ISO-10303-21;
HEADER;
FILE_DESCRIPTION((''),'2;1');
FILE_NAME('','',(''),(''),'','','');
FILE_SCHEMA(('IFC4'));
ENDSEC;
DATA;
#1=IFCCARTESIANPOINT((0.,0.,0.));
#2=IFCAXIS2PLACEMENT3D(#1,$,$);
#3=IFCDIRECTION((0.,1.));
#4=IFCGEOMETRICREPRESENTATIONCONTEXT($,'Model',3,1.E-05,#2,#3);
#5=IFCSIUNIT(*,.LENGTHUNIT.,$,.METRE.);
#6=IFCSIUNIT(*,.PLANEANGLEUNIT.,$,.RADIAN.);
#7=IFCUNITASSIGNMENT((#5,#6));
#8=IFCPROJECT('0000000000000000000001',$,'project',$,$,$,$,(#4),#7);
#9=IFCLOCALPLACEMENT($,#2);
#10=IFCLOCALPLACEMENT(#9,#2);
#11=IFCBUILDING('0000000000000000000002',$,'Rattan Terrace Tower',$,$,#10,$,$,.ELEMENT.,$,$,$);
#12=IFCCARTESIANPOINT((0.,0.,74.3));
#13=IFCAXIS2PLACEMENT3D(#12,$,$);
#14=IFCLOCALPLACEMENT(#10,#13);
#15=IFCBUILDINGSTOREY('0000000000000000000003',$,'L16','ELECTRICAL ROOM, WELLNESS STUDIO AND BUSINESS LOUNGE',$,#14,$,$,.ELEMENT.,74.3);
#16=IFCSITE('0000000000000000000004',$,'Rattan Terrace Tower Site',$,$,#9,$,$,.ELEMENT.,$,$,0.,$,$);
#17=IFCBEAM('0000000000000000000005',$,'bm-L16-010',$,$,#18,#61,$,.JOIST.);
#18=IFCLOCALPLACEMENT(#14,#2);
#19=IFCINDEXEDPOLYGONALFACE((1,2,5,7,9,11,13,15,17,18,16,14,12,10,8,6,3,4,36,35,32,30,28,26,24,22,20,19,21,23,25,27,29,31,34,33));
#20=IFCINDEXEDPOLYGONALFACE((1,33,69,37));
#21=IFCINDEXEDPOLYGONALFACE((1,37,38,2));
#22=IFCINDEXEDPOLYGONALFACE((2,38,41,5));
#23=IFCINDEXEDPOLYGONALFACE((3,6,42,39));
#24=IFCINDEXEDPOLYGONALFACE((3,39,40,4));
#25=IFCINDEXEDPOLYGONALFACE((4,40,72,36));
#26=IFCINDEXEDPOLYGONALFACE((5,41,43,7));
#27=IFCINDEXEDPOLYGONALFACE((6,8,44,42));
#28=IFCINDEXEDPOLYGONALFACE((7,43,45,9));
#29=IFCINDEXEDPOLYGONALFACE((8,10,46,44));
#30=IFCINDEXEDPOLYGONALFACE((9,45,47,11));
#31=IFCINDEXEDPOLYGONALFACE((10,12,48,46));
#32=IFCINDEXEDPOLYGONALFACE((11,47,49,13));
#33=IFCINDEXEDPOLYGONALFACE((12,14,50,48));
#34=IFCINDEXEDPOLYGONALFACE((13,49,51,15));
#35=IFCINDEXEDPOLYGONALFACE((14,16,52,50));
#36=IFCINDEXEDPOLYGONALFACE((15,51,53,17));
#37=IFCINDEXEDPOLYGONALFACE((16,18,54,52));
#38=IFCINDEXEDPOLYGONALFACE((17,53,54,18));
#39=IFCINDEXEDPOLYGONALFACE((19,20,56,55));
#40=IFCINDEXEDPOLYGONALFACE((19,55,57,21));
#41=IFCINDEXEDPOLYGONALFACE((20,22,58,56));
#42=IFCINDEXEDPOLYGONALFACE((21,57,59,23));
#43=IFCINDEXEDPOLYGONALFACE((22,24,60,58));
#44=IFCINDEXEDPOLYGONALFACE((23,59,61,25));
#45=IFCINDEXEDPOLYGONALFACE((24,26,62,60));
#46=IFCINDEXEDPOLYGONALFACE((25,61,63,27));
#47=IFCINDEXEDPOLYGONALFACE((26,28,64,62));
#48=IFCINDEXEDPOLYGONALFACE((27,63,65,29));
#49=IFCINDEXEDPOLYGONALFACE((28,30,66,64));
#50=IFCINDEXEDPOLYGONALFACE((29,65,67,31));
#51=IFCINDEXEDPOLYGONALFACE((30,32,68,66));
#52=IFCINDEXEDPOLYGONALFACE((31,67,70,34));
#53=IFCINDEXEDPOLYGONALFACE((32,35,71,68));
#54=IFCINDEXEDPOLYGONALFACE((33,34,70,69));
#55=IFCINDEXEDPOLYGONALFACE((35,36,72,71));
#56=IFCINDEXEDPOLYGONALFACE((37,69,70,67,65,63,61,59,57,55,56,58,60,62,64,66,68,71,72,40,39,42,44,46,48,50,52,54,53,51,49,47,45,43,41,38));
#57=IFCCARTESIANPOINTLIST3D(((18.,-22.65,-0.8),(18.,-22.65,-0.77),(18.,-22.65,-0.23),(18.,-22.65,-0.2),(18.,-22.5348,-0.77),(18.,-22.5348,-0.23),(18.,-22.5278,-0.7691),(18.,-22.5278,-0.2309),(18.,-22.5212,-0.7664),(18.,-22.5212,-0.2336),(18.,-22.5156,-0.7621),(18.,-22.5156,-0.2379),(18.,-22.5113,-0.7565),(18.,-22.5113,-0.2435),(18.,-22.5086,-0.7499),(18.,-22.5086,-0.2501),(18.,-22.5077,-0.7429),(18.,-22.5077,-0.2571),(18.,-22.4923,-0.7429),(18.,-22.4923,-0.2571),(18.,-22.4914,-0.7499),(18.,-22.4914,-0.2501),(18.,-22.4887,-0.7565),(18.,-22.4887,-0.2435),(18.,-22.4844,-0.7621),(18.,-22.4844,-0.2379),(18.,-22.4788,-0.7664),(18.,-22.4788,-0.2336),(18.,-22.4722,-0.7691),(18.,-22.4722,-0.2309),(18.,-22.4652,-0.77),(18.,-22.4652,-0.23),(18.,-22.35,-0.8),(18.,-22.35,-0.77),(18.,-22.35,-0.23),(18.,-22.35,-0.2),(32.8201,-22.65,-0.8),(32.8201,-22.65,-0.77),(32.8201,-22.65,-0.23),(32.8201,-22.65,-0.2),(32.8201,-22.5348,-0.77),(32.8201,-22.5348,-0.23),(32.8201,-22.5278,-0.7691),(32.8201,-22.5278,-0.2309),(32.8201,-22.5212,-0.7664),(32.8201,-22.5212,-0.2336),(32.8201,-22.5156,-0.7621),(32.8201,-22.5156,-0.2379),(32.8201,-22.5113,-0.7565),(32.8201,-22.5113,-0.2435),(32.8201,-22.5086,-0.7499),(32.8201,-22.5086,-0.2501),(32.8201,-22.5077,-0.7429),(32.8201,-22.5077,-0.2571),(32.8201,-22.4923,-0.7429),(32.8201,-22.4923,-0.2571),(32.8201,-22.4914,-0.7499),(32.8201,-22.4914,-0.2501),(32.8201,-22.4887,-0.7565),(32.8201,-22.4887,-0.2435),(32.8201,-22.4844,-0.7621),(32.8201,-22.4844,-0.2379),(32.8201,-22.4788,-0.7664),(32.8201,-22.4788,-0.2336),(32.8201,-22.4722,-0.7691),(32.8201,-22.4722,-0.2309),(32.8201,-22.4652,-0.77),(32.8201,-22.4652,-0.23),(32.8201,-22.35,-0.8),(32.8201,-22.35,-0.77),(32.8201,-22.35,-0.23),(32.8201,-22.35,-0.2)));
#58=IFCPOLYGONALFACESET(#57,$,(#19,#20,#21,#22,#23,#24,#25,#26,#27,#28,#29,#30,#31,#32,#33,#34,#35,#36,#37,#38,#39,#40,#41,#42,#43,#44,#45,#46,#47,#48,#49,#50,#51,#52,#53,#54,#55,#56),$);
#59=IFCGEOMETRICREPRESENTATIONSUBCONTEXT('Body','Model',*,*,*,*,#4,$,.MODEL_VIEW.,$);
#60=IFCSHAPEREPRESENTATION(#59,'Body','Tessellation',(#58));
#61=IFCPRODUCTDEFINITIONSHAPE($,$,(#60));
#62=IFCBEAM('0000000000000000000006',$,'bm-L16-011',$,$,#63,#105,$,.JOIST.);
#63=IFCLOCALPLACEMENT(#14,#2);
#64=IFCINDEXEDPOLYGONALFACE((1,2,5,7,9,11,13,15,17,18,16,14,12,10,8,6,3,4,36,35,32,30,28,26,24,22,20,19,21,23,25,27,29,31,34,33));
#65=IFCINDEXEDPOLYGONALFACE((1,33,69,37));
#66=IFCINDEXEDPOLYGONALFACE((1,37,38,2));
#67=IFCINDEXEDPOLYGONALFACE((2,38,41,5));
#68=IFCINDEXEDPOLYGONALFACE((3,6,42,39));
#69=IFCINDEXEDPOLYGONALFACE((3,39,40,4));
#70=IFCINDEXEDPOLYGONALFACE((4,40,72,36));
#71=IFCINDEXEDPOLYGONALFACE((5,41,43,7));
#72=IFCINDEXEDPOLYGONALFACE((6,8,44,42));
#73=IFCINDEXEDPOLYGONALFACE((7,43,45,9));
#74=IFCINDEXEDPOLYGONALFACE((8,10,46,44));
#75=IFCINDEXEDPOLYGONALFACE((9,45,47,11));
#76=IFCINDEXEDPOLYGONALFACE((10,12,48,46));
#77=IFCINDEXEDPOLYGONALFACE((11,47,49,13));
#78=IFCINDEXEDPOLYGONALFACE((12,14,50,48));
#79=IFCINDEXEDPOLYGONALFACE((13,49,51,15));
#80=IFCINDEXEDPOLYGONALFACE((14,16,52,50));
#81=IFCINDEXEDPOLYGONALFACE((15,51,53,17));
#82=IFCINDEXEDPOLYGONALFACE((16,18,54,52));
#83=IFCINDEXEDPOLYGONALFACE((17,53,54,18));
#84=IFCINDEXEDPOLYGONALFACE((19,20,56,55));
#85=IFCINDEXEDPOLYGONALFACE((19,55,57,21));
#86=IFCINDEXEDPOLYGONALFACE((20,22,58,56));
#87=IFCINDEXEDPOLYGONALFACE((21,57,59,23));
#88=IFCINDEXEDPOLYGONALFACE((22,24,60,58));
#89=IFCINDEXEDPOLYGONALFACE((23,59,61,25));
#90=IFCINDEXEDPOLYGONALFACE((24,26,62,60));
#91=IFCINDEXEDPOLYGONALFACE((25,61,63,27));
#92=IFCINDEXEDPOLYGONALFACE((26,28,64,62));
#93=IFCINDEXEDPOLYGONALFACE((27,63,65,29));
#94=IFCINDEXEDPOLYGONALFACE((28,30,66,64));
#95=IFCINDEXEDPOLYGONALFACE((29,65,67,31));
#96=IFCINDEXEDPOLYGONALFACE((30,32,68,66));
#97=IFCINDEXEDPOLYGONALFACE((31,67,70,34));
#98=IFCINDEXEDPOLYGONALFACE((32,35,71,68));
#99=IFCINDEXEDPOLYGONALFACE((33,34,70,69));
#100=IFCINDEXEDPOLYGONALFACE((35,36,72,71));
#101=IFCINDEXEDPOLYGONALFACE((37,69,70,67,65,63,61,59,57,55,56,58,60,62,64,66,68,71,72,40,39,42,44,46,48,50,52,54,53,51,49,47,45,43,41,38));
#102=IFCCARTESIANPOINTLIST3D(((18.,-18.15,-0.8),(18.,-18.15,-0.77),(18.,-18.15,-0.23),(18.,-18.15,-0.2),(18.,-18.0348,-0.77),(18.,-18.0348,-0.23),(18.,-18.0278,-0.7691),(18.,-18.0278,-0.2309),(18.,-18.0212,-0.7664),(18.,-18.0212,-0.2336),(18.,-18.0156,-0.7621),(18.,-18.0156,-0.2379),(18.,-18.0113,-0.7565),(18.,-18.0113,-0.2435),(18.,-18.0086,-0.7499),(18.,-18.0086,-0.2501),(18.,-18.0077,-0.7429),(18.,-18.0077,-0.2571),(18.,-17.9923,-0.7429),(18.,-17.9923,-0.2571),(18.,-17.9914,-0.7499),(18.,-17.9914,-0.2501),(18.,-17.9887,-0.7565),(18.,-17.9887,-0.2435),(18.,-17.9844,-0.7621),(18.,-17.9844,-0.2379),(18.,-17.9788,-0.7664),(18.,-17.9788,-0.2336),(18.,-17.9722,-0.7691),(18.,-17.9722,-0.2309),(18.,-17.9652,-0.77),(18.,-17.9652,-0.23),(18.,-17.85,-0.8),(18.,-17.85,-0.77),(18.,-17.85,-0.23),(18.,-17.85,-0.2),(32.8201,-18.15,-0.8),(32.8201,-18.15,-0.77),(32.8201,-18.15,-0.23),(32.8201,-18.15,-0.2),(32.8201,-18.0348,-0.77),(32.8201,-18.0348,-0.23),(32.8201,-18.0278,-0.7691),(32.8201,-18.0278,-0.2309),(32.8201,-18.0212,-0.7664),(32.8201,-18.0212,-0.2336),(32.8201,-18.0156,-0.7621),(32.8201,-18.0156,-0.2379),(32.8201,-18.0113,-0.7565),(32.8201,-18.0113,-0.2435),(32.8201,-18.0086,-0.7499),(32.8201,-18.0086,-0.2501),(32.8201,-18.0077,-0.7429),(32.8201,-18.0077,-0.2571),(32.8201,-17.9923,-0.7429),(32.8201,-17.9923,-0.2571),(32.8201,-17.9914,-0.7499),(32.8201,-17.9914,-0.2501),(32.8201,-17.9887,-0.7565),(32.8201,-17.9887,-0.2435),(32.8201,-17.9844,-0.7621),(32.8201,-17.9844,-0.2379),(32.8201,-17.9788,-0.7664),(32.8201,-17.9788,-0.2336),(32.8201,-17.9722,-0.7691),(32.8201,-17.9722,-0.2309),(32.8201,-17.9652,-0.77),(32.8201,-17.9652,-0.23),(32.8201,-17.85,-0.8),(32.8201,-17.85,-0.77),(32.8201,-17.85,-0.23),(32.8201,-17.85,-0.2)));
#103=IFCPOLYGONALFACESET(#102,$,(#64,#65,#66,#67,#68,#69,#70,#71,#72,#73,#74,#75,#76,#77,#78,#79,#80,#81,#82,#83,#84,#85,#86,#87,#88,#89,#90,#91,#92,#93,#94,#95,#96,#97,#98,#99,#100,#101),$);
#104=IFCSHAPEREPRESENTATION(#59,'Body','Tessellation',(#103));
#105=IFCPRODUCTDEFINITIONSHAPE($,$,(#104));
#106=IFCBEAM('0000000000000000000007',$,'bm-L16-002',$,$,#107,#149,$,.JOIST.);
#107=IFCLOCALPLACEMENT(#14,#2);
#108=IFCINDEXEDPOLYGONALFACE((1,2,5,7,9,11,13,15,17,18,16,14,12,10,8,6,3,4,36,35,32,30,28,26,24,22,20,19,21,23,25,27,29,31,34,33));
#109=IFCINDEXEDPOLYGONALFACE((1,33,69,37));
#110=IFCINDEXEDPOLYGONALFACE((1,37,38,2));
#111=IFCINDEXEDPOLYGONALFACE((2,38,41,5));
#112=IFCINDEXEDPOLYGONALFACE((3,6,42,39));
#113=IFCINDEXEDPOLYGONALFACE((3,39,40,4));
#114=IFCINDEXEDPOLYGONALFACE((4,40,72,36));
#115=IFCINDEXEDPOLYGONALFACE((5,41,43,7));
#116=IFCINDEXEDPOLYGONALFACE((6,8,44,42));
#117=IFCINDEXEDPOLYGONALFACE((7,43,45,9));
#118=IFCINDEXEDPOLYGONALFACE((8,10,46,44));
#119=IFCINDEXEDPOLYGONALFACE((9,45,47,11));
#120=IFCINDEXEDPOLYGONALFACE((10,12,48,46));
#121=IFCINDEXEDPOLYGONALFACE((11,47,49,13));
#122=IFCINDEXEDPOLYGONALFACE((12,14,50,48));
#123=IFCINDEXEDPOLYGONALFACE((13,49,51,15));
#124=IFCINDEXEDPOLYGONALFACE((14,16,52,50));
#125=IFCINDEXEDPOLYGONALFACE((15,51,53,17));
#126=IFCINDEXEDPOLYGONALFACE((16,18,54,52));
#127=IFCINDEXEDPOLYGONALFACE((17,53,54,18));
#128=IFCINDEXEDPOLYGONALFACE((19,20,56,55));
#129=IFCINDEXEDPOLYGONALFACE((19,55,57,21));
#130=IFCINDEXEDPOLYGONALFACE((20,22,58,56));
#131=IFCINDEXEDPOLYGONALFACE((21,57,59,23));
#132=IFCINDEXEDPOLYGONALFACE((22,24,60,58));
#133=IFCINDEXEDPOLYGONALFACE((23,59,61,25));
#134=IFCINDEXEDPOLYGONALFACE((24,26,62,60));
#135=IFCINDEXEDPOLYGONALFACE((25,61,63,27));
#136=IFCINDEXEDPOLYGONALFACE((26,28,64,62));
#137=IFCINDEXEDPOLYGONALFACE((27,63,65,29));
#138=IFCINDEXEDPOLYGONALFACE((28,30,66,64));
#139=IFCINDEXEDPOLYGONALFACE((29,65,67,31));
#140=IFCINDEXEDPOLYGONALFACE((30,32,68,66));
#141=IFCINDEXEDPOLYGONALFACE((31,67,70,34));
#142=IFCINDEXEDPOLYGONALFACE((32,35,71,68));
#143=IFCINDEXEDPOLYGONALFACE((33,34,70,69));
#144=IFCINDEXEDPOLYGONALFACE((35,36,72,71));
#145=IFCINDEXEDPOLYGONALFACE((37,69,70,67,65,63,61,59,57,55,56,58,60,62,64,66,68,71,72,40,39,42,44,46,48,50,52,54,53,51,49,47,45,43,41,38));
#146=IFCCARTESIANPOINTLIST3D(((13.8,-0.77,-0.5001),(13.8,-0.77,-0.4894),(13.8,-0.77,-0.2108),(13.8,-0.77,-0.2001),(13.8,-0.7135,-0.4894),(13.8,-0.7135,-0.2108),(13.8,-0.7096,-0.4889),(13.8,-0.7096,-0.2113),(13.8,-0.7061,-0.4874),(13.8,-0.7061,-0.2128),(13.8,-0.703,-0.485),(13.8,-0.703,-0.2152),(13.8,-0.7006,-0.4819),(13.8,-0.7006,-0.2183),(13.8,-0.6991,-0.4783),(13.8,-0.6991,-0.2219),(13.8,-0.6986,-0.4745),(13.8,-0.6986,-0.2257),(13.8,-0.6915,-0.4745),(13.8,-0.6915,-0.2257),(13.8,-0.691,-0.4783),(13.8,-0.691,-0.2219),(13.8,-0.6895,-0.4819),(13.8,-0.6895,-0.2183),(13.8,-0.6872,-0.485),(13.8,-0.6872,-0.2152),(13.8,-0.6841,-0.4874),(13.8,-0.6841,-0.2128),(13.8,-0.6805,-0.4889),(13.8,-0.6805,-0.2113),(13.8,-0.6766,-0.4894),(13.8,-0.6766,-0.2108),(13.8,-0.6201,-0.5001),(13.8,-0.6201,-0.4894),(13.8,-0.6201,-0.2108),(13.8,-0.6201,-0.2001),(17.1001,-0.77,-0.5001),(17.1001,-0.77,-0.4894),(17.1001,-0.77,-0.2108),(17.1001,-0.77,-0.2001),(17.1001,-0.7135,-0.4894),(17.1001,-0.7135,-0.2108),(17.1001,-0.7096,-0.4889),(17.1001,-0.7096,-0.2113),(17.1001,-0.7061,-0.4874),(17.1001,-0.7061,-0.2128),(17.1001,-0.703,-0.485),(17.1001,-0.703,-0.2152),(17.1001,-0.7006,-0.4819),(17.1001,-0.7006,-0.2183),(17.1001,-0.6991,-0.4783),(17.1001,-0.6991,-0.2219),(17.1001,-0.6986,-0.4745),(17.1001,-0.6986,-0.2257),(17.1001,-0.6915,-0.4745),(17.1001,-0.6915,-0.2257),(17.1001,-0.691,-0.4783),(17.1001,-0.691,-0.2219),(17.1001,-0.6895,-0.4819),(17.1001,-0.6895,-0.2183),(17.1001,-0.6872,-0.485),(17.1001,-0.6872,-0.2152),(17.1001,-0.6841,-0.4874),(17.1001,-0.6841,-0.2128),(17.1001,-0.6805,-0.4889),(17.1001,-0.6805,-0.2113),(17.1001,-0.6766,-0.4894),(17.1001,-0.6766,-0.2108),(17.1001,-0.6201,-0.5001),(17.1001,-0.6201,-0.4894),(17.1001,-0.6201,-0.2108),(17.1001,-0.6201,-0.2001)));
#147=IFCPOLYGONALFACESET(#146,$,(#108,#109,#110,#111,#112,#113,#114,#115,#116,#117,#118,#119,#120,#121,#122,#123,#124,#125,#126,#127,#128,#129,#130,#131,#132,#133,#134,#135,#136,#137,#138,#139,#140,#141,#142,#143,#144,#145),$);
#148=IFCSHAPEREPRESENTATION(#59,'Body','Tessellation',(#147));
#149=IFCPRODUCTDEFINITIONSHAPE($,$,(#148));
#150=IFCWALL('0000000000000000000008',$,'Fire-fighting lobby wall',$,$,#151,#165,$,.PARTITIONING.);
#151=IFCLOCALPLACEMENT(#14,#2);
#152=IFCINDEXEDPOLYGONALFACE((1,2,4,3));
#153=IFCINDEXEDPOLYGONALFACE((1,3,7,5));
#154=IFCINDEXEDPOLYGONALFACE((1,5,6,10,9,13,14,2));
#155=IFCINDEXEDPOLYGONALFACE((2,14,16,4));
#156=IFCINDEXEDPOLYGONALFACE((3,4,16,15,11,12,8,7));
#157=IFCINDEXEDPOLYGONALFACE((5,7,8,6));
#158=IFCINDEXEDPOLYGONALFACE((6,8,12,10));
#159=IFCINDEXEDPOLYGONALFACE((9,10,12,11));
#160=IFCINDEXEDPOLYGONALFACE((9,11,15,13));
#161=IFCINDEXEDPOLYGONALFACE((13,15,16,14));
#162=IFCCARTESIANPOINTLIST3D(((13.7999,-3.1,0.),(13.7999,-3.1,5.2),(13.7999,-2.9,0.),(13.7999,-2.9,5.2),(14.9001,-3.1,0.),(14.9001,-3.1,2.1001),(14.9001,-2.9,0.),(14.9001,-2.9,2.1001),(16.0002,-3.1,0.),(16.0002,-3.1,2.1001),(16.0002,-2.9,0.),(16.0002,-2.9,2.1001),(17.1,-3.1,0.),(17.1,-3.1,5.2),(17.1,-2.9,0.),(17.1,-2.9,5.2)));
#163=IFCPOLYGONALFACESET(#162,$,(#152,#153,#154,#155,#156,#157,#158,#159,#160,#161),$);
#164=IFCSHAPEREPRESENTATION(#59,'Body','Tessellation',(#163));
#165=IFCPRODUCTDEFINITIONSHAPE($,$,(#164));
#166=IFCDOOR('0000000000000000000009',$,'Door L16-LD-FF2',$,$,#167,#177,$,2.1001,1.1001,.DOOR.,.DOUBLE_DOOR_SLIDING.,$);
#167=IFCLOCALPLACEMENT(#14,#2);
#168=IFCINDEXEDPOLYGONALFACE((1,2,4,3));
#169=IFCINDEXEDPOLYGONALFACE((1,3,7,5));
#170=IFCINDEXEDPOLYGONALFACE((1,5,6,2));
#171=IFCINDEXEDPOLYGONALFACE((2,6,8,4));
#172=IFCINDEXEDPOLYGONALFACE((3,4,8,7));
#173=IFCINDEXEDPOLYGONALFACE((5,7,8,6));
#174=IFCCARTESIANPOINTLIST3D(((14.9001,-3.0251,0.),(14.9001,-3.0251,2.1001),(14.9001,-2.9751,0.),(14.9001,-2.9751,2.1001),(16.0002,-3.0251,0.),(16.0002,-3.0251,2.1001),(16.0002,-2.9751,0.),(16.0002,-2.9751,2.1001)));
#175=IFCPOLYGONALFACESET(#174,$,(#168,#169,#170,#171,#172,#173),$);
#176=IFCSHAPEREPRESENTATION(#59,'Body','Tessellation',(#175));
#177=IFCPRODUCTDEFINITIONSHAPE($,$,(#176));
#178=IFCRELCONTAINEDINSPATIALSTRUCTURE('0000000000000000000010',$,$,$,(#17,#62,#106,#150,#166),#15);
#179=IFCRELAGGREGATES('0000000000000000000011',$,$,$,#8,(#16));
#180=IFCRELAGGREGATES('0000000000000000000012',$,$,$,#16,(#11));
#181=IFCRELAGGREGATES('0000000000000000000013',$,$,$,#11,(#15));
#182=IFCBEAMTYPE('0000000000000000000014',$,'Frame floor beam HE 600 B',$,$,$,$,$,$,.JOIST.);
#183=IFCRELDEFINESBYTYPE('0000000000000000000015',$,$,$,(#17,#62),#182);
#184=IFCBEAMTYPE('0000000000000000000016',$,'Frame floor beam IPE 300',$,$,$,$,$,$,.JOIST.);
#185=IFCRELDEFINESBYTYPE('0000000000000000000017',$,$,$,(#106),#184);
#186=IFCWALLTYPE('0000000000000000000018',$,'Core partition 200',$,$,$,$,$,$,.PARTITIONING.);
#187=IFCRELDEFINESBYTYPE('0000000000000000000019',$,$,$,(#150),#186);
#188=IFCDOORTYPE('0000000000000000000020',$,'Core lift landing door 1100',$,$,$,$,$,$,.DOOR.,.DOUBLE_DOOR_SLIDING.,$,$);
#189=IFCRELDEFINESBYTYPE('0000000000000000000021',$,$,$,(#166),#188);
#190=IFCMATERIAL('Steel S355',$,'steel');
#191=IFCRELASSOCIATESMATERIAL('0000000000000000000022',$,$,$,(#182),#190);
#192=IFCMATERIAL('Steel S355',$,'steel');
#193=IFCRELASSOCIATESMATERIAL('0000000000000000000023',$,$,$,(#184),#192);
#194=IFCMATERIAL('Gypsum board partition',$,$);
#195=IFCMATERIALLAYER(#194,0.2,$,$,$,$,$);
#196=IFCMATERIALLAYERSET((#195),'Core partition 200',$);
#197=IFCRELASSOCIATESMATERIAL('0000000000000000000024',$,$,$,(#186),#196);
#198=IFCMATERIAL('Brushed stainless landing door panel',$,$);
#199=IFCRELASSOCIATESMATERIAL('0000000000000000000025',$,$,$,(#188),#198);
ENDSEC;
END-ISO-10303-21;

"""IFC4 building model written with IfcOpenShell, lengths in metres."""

from ifc_helpers import new_model, si_unit, direction, frame, frame_2d, origin, origin_2d, place, context, subcontext, project, spatial, rectangle, i_section, extrude, material, layer, layer_set, material_profile, profile_set, type_object, element, fill, save


model = new_model("IFC4")

# Units and contexts
model_context = context("Model", 3, precision=1e-05, world=origin(), true_north=direction((0.0, 1.0)))
body_context = subcontext(model_context, "Body", "Model", "MODEL_VIEW")
ifc_project = project(units=[si_unit("LENGTHUNIT", "METRE"), si_unit("PLANEANGLEUNIT", "RADIAN")], contexts=[model_context])

# Site, building, storey
site_placement = place(None, origin())
site = spatial("IfcSite", under=ifc_project, at=site_placement, Name="Rattan Terrace Tower Site", CompositionType="ELEMENT", RefElevation=0.0)
building_placement = place(site_placement, origin())
building = spatial("IfcBuilding", under=site, at=building_placement, Name="Rattan Terrace Tower", CompositionType="ELEMENT")
storey_placement = place(building_placement, frame((0.0, 0.0, 74.3)))
storey = spatial("IfcBuildingStorey", under=building, at=storey_placement, Name="L16", Description="ELECTRICAL ROOM, WELLNESS STUDIO AND BUSINESS LOUNGE", CompositionType="ELEMENT", Elevation=74.3)

# Beams
ifc_material_1 = material(Name="Steel S355", Category="steel")
ifc_material_profile_1 = material_profile(ifc_material_1, i_section(OverallWidth=0.3, OverallDepth=0.6001, WebThickness=0.0154, FlangeThickness=0.03, FilletRadius=0.0271, at=origin_2d()), Name="HE 600 B")
ifc_profile_set_1 = profile_set([ifc_material_profile_1], Name="Steel S355")
beam_type_1 = type_object("IfcBeamType", Name="Frame floor beam HE 600 B", PredefinedType="JOIST", material=ifc_profile_set_1)
for number, where, z_axis, x_axis, name in (
    (1, (18.0, -22.5, -0.5), (1.0, 0.0, 0.0), (0.0, 1.0, 0.0), "bm-L16-010"),
    (2, (18.0, -18.0, -0.5), (1.0, 0.0, 0.0), (0.0, 1.0, 0.0), "bm-L16-011"),
):
    element("IfcBeam", number, at=place(storey_placement, frame(where, z_axis=z_axis, x_axis=x_axis)), inside=storey, type_object=beam_type_1, Name=name, PredefinedType="JOIST", context=body_context, shape_type="SweptSolid", body=[
        extrude(i_section(OverallWidth=0.3, OverallDepth=0.6001, WebThickness=0.0154, FlangeThickness=0.03, FilletRadius=0.0271, at=origin_2d()), origin(), (0.0, 0.0, 1.0), 14.8201),
    ])
ifc_material_2 = material(Name="Steel S355", Category="steel")
ifc_material_profile_2 = material_profile(ifc_material_2, i_section(OverallWidth=0.1499, OverallDepth=0.3, WebThickness=0.0071, FlangeThickness=0.0107, FilletRadius=0.0149, at=origin_2d()), Name="IPE 300")
ifc_profile_set_2 = profile_set([ifc_material_profile_2], Name="Steel S355")
beam_type_2 = type_object("IfcBeamType", Name="Frame floor beam IPE 300", PredefinedType="JOIST", material=ifc_profile_set_2)
beam_placement = place(storey_placement, frame((13.8, -0.6951, -0.3501), z_axis=(1.0, 0.0, 0.0), x_axis=(0.0, 1.0, 0.0)))
element("IfcBeam", 3, at=beam_placement, inside=storey, type_object=beam_type_2, Name="bm-L16-002", PredefinedType="JOIST", context=body_context, shape_type="SweptSolid", body=[
    extrude(i_section(OverallWidth=0.1499, OverallDepth=0.3, WebThickness=0.0071, FlangeThickness=0.0107, FilletRadius=0.0149, at=origin_2d()), origin(), (0.0, 0.0, 1.0), 3.3),
])

# Wall, opening, door
ifc_material_3 = material(Name="Gypsum board partition")
ifc_layer_1 = layer(ifc_material_3, 0.2)
ifc_layer_set_1 = layer_set([ifc_layer_1], Name="Core partition 200")
wall_type_1 = type_object("IfcWallType", Name="Core partition 200", PredefinedType="PARTITIONING", material=ifc_layer_set_1)
wall_1_placement = place(storey_placement, frame((13.8, -3.0, 0.0), z_axis=(0.0, 0.0, 1.0), x_axis=(1.0, 0.0, 0.0)))
wall_1 = element("IfcWall", 4, at=wall_1_placement, inside=storey, type_object=wall_type_1, Name="Fire-fighting lobby wall", PredefinedType="PARTITIONING", context=body_context, shape_type="SweptSolid", body=[
    extrude(rectangle(XDim=3.3, YDim=0.2, at=frame_2d((1.6499, 0.0))), origin(), (0.0, 0.0, 1.0), 5.2),
])
opening_1_placement = place(wall_1_placement, frame((1.1001, 0.0, 0.0)))
opening_1 = element("IfcOpeningElement", 5, at=opening_1_placement, cuts=wall_1, PredefinedType="OPENING", context=body_context, shape_type="SweptSolid", body=[
    extrude(rectangle(XDim=1.1001, YDim=2.1001, at=frame_2d((0.55, 1.05))), frame((0.0, 0.1106, 0.0), z_axis=(0.0, -1.0, 0.0), x_axis=(1.0, 0.0, 0.0)), (0.0, 0.0, 1.0), 0.2209),
])
ifc_material_4 = material(Name="Brushed stainless landing door panel")
door_type_1 = type_object("IfcDoorType", Name="Core lift landing door 1100", OperationType="DOUBLE_DOOR_SLIDING", PredefinedType="DOOR", material=ifc_material_4)
door_1_placement = place(opening_1_placement, origin())
door_1 = element("IfcDoor", 6, at=door_1_placement, inside=storey, type_object=door_type_1, Name="Door L16-LD-FF2", OperationType="DOUBLE_DOOR_SLIDING", OverallHeight=2.1001, OverallWidth=1.1001, PredefinedType="DOOR", context=body_context, shape_type="SweptSolid", body=[
    extrude(rectangle(XDim=1.1001, YDim=2.1001, at=frame_2d((0.55, 1.05))), frame((0.0, 0.0249, 0.0), z_axis=(0.0, -1.0, 0.0), x_axis=(1.0, 0.0, 0.0)), (0.0, 0.0, 1.0), 0.05),
])
fill(opening_1, door_1)

save(model, "model.ifc")
